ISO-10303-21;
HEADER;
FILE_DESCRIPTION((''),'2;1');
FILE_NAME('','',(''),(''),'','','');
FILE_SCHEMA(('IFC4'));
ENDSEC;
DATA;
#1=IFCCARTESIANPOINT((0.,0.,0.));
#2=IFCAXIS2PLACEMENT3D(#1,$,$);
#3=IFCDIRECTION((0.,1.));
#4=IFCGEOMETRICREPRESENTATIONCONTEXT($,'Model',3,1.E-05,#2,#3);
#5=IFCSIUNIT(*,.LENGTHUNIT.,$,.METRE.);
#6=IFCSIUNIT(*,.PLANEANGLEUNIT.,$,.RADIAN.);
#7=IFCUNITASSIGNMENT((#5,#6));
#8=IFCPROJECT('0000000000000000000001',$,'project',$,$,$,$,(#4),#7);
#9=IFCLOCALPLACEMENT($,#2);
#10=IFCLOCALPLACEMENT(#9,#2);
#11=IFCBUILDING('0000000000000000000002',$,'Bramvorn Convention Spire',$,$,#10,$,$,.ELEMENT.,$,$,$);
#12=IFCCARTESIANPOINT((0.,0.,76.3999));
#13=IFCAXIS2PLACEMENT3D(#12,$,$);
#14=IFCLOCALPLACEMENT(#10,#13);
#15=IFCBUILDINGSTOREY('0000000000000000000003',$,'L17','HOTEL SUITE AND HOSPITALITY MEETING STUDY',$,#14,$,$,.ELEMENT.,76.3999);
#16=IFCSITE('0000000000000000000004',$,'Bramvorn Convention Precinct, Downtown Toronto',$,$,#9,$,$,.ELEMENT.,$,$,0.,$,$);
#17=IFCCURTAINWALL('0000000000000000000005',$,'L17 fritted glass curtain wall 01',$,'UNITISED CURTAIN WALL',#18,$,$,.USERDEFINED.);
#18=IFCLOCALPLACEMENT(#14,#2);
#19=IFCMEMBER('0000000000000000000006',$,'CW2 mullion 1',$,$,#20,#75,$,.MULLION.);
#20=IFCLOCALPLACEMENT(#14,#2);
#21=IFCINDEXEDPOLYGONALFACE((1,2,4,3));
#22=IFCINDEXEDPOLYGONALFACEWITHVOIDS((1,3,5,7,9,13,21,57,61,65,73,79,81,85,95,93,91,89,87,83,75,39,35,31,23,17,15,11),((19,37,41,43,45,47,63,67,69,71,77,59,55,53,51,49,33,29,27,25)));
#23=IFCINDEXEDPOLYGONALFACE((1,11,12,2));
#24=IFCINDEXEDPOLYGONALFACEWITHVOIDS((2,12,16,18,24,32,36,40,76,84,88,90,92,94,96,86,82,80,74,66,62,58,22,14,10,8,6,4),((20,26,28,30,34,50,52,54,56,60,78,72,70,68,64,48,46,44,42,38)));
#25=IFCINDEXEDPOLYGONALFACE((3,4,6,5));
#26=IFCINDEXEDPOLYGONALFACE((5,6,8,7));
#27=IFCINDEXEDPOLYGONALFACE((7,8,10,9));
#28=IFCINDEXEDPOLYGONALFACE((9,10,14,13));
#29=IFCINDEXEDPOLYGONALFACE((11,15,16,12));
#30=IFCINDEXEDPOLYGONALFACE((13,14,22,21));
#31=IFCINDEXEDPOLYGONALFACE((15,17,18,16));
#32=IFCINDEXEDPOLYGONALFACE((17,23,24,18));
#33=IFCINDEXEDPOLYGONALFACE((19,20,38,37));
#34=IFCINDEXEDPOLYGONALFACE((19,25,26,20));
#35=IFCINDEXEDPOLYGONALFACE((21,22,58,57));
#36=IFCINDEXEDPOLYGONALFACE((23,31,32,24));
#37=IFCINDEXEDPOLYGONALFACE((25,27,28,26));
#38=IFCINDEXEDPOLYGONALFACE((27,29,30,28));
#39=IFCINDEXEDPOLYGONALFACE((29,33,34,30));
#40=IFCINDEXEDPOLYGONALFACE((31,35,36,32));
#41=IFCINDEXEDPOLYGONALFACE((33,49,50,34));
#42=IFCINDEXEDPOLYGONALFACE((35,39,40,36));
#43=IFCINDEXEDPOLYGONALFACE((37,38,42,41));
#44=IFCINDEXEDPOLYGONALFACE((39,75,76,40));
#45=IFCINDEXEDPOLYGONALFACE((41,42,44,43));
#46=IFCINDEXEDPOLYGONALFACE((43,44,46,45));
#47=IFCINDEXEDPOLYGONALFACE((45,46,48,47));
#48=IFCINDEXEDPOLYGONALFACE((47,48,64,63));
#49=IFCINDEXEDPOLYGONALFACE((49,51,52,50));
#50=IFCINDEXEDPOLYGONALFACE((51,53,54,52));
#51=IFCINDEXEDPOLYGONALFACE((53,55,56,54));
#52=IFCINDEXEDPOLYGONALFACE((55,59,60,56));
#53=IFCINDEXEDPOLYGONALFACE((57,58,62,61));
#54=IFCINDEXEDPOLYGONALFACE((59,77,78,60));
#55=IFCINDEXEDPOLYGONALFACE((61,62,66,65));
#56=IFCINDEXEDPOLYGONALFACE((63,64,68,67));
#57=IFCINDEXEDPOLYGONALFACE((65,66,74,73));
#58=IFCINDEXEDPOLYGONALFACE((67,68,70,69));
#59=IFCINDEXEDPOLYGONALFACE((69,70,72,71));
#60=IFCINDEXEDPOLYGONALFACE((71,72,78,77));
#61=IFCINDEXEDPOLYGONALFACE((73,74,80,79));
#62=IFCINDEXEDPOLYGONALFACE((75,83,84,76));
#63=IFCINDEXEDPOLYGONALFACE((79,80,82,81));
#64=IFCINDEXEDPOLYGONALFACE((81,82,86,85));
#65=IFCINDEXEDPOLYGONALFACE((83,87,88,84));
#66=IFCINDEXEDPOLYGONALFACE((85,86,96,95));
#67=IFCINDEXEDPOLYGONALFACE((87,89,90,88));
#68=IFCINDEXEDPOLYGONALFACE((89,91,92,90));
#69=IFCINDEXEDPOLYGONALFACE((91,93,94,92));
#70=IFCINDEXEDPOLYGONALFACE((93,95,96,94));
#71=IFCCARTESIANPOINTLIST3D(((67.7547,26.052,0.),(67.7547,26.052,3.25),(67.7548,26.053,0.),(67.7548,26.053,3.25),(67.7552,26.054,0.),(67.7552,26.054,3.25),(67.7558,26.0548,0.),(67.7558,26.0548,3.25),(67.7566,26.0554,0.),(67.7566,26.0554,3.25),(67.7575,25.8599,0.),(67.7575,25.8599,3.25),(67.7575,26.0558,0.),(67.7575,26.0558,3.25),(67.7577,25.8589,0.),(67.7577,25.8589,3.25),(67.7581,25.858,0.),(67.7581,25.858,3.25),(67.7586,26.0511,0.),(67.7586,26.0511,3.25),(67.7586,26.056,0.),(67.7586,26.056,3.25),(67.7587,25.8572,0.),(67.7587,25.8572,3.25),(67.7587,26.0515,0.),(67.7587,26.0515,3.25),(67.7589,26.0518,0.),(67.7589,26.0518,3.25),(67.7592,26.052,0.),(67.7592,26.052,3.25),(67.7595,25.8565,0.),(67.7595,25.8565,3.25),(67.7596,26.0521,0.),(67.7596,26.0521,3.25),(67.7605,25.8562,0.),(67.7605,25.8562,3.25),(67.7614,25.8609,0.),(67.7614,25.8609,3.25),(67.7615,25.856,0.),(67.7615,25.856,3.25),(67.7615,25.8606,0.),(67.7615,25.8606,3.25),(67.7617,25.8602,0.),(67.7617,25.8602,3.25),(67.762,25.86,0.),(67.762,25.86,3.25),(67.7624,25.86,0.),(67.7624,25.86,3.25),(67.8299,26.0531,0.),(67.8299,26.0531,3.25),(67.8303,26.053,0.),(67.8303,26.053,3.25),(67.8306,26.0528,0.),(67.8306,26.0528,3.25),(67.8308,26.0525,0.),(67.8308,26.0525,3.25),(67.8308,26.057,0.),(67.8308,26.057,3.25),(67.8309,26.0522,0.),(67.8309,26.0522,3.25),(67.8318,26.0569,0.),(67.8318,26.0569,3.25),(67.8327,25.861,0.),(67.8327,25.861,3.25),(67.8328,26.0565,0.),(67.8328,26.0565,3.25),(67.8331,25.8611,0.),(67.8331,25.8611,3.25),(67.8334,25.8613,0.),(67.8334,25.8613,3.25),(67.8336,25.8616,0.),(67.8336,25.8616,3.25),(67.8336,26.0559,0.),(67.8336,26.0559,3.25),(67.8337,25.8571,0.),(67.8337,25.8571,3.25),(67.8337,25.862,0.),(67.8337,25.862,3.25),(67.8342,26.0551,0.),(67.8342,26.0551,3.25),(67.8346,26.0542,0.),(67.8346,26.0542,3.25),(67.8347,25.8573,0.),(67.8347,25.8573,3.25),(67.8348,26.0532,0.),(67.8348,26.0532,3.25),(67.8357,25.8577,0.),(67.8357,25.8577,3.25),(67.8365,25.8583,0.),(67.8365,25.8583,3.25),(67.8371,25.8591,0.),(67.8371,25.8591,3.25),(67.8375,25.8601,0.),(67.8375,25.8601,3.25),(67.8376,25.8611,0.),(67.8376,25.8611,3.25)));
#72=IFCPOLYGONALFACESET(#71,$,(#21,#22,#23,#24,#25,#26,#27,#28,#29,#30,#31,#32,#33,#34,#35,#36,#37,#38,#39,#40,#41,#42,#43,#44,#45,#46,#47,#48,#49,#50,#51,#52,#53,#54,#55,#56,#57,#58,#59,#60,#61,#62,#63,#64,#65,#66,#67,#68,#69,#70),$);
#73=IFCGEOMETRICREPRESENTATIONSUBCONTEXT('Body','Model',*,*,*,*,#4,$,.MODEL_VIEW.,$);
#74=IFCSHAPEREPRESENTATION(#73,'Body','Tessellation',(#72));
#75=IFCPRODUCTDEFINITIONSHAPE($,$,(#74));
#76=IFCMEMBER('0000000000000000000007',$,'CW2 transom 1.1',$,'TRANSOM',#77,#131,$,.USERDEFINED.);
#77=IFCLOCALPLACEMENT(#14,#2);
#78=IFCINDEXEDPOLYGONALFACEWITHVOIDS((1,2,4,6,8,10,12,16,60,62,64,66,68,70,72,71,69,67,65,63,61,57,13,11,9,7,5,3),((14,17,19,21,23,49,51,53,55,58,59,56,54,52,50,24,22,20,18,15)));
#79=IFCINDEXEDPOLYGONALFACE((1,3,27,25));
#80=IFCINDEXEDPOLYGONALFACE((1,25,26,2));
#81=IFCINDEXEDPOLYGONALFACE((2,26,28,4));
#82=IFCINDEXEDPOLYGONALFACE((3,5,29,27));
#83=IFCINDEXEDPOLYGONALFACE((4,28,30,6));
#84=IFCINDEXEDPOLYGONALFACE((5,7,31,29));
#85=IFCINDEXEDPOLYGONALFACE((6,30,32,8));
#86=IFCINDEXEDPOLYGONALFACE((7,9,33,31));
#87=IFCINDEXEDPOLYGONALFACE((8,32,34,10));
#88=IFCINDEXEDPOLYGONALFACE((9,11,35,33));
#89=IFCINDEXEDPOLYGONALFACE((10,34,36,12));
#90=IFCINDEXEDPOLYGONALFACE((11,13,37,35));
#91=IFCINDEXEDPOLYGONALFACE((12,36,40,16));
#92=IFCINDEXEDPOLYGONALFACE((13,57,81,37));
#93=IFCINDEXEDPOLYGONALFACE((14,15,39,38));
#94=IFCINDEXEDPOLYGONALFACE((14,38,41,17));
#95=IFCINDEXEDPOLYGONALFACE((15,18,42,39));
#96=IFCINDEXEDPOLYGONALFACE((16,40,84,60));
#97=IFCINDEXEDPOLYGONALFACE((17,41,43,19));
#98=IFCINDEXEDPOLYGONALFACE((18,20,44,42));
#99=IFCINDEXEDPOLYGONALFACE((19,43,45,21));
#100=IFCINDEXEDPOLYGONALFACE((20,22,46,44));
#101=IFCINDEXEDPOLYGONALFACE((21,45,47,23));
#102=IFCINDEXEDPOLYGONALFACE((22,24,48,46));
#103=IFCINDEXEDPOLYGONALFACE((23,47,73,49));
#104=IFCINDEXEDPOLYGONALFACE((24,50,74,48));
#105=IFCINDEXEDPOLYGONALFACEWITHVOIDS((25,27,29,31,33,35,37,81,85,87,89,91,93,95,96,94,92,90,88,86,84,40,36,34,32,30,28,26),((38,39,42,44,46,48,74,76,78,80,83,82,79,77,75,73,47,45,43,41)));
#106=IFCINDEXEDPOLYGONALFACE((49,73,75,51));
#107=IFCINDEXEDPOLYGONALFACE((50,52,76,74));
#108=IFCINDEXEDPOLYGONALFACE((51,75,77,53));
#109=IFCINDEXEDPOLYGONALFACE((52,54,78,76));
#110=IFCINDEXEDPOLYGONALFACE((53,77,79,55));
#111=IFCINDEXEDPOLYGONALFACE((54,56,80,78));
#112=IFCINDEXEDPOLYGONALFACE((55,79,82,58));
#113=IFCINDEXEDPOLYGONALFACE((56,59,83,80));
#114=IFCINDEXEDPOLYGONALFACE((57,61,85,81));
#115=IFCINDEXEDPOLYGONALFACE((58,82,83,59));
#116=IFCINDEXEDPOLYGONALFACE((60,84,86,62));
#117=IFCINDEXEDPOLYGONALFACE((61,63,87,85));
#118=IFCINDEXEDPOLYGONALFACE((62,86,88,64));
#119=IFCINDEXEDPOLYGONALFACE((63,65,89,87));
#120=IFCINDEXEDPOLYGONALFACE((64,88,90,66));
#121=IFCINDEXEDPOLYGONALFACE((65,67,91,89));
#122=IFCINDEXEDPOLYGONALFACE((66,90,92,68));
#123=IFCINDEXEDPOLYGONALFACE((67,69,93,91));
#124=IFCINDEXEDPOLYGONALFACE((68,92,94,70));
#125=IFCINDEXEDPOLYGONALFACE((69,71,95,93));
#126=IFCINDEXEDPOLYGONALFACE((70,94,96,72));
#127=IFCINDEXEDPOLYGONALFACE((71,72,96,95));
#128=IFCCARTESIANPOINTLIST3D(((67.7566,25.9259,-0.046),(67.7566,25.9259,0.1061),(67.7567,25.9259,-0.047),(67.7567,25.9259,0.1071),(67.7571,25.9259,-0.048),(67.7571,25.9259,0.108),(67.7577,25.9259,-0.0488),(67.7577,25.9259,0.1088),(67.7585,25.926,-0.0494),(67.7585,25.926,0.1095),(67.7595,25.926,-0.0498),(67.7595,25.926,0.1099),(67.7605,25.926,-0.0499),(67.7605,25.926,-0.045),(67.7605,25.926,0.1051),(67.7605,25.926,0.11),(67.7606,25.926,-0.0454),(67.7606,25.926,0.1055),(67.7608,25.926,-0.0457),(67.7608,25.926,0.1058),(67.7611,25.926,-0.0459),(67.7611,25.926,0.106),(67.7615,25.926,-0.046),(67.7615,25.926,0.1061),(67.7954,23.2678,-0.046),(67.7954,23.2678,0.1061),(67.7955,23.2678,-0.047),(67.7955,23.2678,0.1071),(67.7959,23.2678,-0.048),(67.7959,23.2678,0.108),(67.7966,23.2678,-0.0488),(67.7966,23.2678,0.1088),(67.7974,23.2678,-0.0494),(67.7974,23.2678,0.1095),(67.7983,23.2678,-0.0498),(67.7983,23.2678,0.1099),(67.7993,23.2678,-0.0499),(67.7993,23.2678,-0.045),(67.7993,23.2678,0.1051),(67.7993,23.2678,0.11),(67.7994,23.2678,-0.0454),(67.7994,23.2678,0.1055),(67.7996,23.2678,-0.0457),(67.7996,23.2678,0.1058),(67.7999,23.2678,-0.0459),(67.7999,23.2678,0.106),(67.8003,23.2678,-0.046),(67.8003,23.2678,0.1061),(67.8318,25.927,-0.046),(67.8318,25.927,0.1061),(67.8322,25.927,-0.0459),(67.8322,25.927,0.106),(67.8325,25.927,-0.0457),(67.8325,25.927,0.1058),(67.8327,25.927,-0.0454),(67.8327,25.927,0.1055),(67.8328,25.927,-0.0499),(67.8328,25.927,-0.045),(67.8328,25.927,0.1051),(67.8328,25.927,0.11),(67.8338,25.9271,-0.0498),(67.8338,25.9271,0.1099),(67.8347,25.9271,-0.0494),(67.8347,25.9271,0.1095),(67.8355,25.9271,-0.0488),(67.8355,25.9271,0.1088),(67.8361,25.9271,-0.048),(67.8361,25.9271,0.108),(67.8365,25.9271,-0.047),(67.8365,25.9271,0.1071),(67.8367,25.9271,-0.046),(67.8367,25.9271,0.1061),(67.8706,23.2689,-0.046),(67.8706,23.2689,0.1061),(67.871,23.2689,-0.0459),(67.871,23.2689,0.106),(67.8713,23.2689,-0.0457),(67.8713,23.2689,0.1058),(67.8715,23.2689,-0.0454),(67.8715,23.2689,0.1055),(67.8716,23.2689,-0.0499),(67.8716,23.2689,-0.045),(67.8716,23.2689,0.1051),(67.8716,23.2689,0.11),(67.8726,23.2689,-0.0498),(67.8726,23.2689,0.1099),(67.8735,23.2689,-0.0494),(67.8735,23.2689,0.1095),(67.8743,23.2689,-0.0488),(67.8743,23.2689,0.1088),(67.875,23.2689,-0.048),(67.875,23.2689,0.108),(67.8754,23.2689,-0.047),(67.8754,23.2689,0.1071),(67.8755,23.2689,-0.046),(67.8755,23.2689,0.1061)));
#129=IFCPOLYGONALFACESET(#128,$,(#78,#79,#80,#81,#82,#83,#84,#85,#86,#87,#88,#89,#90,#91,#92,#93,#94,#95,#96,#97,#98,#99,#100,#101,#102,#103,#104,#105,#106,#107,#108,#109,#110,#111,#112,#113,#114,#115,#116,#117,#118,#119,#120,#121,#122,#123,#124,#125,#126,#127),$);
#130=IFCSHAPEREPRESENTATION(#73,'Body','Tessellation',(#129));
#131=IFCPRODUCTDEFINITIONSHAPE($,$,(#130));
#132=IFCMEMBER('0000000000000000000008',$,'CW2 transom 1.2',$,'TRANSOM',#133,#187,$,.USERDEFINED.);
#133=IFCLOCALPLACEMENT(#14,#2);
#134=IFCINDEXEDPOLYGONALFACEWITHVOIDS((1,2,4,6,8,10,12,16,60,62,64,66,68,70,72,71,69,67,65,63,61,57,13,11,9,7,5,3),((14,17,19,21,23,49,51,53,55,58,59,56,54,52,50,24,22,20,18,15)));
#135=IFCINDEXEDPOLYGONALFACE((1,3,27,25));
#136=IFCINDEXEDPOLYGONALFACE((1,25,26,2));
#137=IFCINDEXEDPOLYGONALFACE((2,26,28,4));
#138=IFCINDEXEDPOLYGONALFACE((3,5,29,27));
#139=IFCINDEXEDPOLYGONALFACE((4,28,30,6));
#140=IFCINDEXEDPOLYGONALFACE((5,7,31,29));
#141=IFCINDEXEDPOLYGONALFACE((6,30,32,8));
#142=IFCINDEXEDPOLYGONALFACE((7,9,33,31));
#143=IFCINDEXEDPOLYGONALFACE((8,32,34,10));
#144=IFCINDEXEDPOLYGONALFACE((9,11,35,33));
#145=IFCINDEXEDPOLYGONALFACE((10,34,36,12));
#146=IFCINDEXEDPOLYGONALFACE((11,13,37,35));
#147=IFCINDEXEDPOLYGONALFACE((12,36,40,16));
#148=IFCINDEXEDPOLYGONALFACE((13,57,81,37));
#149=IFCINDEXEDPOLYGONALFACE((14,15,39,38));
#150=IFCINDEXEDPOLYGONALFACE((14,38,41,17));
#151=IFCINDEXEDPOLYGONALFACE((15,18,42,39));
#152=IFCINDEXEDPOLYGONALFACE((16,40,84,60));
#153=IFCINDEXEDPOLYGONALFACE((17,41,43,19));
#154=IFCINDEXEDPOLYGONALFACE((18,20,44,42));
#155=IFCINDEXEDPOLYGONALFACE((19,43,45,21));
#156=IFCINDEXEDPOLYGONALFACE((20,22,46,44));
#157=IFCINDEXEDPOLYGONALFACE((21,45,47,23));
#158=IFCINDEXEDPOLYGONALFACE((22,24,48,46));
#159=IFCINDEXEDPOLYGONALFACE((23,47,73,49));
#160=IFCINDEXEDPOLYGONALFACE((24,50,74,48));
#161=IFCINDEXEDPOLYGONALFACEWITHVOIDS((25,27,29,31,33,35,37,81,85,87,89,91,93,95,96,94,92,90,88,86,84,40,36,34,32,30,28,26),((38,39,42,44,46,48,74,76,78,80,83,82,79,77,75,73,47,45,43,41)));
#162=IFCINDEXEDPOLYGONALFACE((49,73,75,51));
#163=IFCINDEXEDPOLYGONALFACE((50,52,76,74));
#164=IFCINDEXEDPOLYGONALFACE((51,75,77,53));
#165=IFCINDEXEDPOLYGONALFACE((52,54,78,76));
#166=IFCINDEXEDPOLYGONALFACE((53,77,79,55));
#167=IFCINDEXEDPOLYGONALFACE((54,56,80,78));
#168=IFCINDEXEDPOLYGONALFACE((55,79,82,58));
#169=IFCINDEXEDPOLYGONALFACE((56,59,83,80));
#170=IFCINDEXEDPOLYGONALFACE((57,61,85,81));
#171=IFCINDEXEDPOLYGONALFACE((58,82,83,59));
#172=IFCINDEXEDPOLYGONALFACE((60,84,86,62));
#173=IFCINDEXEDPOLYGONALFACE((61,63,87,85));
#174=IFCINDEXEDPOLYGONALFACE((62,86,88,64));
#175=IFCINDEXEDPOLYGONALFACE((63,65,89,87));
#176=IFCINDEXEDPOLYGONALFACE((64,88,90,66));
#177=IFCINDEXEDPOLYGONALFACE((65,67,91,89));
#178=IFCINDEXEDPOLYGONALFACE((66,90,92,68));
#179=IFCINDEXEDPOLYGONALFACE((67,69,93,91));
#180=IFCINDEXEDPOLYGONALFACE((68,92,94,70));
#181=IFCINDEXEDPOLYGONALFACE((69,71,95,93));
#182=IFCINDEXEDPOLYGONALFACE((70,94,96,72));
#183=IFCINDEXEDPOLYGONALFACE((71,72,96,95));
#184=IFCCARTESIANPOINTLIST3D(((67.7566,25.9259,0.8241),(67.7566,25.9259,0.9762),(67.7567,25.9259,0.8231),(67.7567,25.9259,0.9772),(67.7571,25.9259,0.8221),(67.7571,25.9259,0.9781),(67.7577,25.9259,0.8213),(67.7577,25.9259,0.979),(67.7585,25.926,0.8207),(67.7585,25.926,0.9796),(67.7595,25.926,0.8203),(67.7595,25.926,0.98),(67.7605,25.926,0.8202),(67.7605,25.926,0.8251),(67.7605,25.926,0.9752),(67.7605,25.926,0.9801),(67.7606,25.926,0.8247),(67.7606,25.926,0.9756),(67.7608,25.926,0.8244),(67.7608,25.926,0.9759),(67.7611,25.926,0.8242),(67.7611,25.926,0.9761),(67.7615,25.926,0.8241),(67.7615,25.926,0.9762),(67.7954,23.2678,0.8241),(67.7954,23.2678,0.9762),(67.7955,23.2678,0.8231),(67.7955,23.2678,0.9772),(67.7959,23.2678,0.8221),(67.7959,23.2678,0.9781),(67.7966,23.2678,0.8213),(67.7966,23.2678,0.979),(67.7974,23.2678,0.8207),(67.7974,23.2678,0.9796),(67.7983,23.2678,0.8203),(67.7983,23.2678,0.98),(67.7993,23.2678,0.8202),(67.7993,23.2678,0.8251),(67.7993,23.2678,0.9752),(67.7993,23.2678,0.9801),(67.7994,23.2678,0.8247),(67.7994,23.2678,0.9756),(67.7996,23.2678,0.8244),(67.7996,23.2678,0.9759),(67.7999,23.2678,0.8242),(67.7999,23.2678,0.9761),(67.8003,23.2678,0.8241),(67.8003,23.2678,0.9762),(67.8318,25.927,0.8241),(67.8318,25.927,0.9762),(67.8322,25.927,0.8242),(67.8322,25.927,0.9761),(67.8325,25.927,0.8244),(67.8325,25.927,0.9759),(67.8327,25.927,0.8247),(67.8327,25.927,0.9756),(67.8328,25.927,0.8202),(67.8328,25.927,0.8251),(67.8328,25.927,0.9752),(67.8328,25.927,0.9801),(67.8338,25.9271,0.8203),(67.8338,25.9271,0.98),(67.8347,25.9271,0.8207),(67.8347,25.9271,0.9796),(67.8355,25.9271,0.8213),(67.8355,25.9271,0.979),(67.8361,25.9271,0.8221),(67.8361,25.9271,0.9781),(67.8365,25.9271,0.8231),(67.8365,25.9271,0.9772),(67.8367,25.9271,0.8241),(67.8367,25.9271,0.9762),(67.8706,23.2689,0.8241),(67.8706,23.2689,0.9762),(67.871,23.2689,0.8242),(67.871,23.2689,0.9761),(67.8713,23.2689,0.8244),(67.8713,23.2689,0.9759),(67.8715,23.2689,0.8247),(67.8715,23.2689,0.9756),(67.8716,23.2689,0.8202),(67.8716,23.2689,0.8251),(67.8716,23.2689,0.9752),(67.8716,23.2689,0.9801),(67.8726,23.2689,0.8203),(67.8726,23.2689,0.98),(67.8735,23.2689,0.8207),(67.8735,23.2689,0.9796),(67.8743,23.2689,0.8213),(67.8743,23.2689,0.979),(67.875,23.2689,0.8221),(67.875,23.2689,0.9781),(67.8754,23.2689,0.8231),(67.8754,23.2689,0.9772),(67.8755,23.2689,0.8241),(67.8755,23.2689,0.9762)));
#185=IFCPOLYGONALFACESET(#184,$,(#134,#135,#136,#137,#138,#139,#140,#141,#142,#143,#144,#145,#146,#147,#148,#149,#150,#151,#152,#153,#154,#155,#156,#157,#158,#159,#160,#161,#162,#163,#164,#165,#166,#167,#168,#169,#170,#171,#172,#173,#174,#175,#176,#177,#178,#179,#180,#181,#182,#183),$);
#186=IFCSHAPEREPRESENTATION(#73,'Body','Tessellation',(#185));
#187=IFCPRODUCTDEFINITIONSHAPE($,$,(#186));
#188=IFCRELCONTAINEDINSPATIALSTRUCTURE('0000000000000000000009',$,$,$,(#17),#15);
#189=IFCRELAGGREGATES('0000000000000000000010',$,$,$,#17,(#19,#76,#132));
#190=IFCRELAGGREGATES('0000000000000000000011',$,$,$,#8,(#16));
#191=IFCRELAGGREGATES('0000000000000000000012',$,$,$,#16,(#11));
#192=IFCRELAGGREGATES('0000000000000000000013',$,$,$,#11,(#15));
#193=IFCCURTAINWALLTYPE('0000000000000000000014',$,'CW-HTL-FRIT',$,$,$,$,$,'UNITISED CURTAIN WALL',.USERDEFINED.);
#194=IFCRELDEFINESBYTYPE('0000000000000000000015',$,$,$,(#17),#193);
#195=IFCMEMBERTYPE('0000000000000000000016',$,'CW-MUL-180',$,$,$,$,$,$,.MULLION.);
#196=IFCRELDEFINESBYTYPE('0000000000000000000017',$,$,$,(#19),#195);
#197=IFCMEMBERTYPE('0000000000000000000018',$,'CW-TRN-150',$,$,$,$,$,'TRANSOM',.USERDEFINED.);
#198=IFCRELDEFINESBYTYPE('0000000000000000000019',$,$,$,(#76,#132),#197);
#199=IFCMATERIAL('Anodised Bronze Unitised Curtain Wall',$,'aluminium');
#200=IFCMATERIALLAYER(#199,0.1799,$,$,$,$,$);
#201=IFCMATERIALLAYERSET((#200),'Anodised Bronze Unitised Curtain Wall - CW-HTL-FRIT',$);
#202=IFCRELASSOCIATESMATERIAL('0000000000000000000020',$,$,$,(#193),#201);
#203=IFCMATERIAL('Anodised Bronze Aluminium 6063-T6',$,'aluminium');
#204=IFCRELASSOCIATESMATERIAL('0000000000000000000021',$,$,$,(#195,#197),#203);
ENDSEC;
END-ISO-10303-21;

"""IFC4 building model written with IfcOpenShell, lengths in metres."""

from ifc_helpers import new_model, si_unit, direction, frame, origin, origin_2d, place, context, subcontext, project, spatial, hollow_rectangle, extrude, material, layer, layer_set, material_profile, profile_set, type_object, element, aggregate, save


model = new_model("IFC4")

# Units and contexts
model_context = context("Model", 3, precision=1e-05, world=origin(), true_north=direction((0.0, 1.0)))
body_context = subcontext(model_context, "Body", "Model", "MODEL_VIEW")
ifc_project = project(units=[si_unit("LENGTHUNIT", "METRE"), si_unit("PLANEANGLEUNIT", "RADIAN")], contexts=[model_context])

# Site, building, storey
site_placement = place(None, origin())
site = spatial("IfcSite", under=ifc_project, at=site_placement, Name="Bramvorn Convention Precinct, Downtown Toronto", CompositionType="ELEMENT", RefElevation=0.0)
building_placement = place(site_placement, origin())
building = spatial("IfcBuilding", under=site, at=building_placement, Name="Bramvorn Convention Spire", CompositionType="ELEMENT")
storey_placement = place(building_placement, frame((0.0, 0.0, 76.3999)))
storey = spatial("IfcBuildingStorey", under=building, at=storey_placement, Name="L17", Description="HOTEL SUITE AND HOSPITALITY MEETING STUDY", CompositionType="ELEMENT", Elevation=76.3999)

# Curtain wall, members
ifc_material_1 = material(Name="Anodised Bronze Unitised Curtain Wall", Category="aluminium")
ifc_layer_1 = layer(ifc_material_1, 0.1799)
ifc_layer_set_1 = layer_set([ifc_layer_1], Name="Anodised Bronze Unitised Curtain Wall - CW-HTL-FRIT")
curtain_wall_type = type_object("IfcCurtainWallType", Name="CW-HTL-FRIT", ElementType="UNITISED CURTAIN WALL", PredefinedType="USERDEFINED", material=ifc_layer_set_1)
curtain_wall_placement = place(storey_placement, origin())
curtain_wall = element("IfcCurtainWall", 1, at=curtain_wall_placement, inside=storey, type_object=curtain_wall_type, Name="L17 fritted glass curtain wall 01", ObjectType="UNITISED CURTAIN WALL", PredefinedType="USERDEFINED")
ifc_material_2 = material(Name="Anodised Bronze Aluminium 6063-T6", Category="aluminium")
ifc_material_profile_1 = material_profile(ifc_material_2, hollow_rectangle(XDim=0.0801, YDim=0.2, WallThickness=0.0039, InnerFilletRadius=0.001, OuterFilletRadius=0.0039, at=origin_2d()))
ifc_profile_set_1 = profile_set([ifc_material_profile_1], Name="Anodised Bronze Aluminium 6063-T6 - CWM80X200")
member_type_1 = type_object("IfcMemberType", Name="CW-MUL-180", PredefinedType="MULLION", material=ifc_profile_set_1)
member_1_placement = place(storey_placement, frame((67.7961, 25.9565, 0.0), z_axis=(0.0, 0.0, 1.0), x_axis=(0.999893, 0.014625, 0.0)))
member_1 = element("IfcMember", 2, at=member_1_placement, type_object=member_type_1, Name="CW2 mullion 1", PredefinedType="MULLION", context=body_context, shape_type="SweptSolid", body=[
    extrude(hollow_rectangle(XDim=0.0801, YDim=0.2, WallThickness=0.0039, InnerFilletRadius=0.001, OuterFilletRadius=0.0039, at=origin_2d()), origin(), (0.0, 0.0, 1.0), 3.25),
])
ifc_material_profile_2 = material_profile(ifc_material_2, hollow_rectangle(XDim=0.0801, YDim=0.1599, WallThickness=0.0039, InnerFilletRadius=0.001, OuterFilletRadius=0.0039, at=origin_2d()))
ifc_profile_set_2 = profile_set([ifc_material_profile_2], Name="Anodised Bronze Aluminium 6063-T6 - CWT80X160")
member_type_2 = type_object("IfcMemberType", Name="CW-TRN-150", ElementType="TRANSOM", PredefinedType="USERDEFINED", material=ifc_profile_set_2)
member_2_placement = place(storey_placement, frame((67.7966, 25.9265, 0.03), z_axis=(0.014602, -0.999893, 0.0), x_axis=(0.999893, 0.014602, 0.0)))
member_2 = element("IfcMember", 3, at=member_2_placement, type_object=member_type_2, Name="CW2 transom 1.1", ObjectType="TRANSOM", PredefinedType="USERDEFINED", context=body_context, shape_type="SweptSolid", body=[
    extrude(hollow_rectangle(XDim=0.0801, YDim=0.1599, WallThickness=0.0039, InnerFilletRadius=0.001, OuterFilletRadius=0.0039, at=origin_2d()), origin(), (0.0, 0.0, 1.0), 2.6584),
])
member_3_placement = place(storey_placement, frame((67.7966, 25.9265, 0.9001), z_axis=(0.014602, -0.999893, 0.0), x_axis=(0.999893, 0.014602, 0.0)))
member_3 = element("IfcMember", 4, at=member_3_placement, type_object=member_type_2, Name="CW2 transom 1.2", ObjectType="TRANSOM", PredefinedType="USERDEFINED", context=body_context, shape_type="SweptSolid", body=[
    extrude(hollow_rectangle(XDim=0.0801, YDim=0.1599, WallThickness=0.0039, InnerFilletRadius=0.001, OuterFilletRadius=0.0039, at=origin_2d()), origin(), (0.0, 0.0, 1.0), 2.6584),
])
aggregate(curtain_wall, [member_1, member_2, member_3])

save(model, "model.ifc")
